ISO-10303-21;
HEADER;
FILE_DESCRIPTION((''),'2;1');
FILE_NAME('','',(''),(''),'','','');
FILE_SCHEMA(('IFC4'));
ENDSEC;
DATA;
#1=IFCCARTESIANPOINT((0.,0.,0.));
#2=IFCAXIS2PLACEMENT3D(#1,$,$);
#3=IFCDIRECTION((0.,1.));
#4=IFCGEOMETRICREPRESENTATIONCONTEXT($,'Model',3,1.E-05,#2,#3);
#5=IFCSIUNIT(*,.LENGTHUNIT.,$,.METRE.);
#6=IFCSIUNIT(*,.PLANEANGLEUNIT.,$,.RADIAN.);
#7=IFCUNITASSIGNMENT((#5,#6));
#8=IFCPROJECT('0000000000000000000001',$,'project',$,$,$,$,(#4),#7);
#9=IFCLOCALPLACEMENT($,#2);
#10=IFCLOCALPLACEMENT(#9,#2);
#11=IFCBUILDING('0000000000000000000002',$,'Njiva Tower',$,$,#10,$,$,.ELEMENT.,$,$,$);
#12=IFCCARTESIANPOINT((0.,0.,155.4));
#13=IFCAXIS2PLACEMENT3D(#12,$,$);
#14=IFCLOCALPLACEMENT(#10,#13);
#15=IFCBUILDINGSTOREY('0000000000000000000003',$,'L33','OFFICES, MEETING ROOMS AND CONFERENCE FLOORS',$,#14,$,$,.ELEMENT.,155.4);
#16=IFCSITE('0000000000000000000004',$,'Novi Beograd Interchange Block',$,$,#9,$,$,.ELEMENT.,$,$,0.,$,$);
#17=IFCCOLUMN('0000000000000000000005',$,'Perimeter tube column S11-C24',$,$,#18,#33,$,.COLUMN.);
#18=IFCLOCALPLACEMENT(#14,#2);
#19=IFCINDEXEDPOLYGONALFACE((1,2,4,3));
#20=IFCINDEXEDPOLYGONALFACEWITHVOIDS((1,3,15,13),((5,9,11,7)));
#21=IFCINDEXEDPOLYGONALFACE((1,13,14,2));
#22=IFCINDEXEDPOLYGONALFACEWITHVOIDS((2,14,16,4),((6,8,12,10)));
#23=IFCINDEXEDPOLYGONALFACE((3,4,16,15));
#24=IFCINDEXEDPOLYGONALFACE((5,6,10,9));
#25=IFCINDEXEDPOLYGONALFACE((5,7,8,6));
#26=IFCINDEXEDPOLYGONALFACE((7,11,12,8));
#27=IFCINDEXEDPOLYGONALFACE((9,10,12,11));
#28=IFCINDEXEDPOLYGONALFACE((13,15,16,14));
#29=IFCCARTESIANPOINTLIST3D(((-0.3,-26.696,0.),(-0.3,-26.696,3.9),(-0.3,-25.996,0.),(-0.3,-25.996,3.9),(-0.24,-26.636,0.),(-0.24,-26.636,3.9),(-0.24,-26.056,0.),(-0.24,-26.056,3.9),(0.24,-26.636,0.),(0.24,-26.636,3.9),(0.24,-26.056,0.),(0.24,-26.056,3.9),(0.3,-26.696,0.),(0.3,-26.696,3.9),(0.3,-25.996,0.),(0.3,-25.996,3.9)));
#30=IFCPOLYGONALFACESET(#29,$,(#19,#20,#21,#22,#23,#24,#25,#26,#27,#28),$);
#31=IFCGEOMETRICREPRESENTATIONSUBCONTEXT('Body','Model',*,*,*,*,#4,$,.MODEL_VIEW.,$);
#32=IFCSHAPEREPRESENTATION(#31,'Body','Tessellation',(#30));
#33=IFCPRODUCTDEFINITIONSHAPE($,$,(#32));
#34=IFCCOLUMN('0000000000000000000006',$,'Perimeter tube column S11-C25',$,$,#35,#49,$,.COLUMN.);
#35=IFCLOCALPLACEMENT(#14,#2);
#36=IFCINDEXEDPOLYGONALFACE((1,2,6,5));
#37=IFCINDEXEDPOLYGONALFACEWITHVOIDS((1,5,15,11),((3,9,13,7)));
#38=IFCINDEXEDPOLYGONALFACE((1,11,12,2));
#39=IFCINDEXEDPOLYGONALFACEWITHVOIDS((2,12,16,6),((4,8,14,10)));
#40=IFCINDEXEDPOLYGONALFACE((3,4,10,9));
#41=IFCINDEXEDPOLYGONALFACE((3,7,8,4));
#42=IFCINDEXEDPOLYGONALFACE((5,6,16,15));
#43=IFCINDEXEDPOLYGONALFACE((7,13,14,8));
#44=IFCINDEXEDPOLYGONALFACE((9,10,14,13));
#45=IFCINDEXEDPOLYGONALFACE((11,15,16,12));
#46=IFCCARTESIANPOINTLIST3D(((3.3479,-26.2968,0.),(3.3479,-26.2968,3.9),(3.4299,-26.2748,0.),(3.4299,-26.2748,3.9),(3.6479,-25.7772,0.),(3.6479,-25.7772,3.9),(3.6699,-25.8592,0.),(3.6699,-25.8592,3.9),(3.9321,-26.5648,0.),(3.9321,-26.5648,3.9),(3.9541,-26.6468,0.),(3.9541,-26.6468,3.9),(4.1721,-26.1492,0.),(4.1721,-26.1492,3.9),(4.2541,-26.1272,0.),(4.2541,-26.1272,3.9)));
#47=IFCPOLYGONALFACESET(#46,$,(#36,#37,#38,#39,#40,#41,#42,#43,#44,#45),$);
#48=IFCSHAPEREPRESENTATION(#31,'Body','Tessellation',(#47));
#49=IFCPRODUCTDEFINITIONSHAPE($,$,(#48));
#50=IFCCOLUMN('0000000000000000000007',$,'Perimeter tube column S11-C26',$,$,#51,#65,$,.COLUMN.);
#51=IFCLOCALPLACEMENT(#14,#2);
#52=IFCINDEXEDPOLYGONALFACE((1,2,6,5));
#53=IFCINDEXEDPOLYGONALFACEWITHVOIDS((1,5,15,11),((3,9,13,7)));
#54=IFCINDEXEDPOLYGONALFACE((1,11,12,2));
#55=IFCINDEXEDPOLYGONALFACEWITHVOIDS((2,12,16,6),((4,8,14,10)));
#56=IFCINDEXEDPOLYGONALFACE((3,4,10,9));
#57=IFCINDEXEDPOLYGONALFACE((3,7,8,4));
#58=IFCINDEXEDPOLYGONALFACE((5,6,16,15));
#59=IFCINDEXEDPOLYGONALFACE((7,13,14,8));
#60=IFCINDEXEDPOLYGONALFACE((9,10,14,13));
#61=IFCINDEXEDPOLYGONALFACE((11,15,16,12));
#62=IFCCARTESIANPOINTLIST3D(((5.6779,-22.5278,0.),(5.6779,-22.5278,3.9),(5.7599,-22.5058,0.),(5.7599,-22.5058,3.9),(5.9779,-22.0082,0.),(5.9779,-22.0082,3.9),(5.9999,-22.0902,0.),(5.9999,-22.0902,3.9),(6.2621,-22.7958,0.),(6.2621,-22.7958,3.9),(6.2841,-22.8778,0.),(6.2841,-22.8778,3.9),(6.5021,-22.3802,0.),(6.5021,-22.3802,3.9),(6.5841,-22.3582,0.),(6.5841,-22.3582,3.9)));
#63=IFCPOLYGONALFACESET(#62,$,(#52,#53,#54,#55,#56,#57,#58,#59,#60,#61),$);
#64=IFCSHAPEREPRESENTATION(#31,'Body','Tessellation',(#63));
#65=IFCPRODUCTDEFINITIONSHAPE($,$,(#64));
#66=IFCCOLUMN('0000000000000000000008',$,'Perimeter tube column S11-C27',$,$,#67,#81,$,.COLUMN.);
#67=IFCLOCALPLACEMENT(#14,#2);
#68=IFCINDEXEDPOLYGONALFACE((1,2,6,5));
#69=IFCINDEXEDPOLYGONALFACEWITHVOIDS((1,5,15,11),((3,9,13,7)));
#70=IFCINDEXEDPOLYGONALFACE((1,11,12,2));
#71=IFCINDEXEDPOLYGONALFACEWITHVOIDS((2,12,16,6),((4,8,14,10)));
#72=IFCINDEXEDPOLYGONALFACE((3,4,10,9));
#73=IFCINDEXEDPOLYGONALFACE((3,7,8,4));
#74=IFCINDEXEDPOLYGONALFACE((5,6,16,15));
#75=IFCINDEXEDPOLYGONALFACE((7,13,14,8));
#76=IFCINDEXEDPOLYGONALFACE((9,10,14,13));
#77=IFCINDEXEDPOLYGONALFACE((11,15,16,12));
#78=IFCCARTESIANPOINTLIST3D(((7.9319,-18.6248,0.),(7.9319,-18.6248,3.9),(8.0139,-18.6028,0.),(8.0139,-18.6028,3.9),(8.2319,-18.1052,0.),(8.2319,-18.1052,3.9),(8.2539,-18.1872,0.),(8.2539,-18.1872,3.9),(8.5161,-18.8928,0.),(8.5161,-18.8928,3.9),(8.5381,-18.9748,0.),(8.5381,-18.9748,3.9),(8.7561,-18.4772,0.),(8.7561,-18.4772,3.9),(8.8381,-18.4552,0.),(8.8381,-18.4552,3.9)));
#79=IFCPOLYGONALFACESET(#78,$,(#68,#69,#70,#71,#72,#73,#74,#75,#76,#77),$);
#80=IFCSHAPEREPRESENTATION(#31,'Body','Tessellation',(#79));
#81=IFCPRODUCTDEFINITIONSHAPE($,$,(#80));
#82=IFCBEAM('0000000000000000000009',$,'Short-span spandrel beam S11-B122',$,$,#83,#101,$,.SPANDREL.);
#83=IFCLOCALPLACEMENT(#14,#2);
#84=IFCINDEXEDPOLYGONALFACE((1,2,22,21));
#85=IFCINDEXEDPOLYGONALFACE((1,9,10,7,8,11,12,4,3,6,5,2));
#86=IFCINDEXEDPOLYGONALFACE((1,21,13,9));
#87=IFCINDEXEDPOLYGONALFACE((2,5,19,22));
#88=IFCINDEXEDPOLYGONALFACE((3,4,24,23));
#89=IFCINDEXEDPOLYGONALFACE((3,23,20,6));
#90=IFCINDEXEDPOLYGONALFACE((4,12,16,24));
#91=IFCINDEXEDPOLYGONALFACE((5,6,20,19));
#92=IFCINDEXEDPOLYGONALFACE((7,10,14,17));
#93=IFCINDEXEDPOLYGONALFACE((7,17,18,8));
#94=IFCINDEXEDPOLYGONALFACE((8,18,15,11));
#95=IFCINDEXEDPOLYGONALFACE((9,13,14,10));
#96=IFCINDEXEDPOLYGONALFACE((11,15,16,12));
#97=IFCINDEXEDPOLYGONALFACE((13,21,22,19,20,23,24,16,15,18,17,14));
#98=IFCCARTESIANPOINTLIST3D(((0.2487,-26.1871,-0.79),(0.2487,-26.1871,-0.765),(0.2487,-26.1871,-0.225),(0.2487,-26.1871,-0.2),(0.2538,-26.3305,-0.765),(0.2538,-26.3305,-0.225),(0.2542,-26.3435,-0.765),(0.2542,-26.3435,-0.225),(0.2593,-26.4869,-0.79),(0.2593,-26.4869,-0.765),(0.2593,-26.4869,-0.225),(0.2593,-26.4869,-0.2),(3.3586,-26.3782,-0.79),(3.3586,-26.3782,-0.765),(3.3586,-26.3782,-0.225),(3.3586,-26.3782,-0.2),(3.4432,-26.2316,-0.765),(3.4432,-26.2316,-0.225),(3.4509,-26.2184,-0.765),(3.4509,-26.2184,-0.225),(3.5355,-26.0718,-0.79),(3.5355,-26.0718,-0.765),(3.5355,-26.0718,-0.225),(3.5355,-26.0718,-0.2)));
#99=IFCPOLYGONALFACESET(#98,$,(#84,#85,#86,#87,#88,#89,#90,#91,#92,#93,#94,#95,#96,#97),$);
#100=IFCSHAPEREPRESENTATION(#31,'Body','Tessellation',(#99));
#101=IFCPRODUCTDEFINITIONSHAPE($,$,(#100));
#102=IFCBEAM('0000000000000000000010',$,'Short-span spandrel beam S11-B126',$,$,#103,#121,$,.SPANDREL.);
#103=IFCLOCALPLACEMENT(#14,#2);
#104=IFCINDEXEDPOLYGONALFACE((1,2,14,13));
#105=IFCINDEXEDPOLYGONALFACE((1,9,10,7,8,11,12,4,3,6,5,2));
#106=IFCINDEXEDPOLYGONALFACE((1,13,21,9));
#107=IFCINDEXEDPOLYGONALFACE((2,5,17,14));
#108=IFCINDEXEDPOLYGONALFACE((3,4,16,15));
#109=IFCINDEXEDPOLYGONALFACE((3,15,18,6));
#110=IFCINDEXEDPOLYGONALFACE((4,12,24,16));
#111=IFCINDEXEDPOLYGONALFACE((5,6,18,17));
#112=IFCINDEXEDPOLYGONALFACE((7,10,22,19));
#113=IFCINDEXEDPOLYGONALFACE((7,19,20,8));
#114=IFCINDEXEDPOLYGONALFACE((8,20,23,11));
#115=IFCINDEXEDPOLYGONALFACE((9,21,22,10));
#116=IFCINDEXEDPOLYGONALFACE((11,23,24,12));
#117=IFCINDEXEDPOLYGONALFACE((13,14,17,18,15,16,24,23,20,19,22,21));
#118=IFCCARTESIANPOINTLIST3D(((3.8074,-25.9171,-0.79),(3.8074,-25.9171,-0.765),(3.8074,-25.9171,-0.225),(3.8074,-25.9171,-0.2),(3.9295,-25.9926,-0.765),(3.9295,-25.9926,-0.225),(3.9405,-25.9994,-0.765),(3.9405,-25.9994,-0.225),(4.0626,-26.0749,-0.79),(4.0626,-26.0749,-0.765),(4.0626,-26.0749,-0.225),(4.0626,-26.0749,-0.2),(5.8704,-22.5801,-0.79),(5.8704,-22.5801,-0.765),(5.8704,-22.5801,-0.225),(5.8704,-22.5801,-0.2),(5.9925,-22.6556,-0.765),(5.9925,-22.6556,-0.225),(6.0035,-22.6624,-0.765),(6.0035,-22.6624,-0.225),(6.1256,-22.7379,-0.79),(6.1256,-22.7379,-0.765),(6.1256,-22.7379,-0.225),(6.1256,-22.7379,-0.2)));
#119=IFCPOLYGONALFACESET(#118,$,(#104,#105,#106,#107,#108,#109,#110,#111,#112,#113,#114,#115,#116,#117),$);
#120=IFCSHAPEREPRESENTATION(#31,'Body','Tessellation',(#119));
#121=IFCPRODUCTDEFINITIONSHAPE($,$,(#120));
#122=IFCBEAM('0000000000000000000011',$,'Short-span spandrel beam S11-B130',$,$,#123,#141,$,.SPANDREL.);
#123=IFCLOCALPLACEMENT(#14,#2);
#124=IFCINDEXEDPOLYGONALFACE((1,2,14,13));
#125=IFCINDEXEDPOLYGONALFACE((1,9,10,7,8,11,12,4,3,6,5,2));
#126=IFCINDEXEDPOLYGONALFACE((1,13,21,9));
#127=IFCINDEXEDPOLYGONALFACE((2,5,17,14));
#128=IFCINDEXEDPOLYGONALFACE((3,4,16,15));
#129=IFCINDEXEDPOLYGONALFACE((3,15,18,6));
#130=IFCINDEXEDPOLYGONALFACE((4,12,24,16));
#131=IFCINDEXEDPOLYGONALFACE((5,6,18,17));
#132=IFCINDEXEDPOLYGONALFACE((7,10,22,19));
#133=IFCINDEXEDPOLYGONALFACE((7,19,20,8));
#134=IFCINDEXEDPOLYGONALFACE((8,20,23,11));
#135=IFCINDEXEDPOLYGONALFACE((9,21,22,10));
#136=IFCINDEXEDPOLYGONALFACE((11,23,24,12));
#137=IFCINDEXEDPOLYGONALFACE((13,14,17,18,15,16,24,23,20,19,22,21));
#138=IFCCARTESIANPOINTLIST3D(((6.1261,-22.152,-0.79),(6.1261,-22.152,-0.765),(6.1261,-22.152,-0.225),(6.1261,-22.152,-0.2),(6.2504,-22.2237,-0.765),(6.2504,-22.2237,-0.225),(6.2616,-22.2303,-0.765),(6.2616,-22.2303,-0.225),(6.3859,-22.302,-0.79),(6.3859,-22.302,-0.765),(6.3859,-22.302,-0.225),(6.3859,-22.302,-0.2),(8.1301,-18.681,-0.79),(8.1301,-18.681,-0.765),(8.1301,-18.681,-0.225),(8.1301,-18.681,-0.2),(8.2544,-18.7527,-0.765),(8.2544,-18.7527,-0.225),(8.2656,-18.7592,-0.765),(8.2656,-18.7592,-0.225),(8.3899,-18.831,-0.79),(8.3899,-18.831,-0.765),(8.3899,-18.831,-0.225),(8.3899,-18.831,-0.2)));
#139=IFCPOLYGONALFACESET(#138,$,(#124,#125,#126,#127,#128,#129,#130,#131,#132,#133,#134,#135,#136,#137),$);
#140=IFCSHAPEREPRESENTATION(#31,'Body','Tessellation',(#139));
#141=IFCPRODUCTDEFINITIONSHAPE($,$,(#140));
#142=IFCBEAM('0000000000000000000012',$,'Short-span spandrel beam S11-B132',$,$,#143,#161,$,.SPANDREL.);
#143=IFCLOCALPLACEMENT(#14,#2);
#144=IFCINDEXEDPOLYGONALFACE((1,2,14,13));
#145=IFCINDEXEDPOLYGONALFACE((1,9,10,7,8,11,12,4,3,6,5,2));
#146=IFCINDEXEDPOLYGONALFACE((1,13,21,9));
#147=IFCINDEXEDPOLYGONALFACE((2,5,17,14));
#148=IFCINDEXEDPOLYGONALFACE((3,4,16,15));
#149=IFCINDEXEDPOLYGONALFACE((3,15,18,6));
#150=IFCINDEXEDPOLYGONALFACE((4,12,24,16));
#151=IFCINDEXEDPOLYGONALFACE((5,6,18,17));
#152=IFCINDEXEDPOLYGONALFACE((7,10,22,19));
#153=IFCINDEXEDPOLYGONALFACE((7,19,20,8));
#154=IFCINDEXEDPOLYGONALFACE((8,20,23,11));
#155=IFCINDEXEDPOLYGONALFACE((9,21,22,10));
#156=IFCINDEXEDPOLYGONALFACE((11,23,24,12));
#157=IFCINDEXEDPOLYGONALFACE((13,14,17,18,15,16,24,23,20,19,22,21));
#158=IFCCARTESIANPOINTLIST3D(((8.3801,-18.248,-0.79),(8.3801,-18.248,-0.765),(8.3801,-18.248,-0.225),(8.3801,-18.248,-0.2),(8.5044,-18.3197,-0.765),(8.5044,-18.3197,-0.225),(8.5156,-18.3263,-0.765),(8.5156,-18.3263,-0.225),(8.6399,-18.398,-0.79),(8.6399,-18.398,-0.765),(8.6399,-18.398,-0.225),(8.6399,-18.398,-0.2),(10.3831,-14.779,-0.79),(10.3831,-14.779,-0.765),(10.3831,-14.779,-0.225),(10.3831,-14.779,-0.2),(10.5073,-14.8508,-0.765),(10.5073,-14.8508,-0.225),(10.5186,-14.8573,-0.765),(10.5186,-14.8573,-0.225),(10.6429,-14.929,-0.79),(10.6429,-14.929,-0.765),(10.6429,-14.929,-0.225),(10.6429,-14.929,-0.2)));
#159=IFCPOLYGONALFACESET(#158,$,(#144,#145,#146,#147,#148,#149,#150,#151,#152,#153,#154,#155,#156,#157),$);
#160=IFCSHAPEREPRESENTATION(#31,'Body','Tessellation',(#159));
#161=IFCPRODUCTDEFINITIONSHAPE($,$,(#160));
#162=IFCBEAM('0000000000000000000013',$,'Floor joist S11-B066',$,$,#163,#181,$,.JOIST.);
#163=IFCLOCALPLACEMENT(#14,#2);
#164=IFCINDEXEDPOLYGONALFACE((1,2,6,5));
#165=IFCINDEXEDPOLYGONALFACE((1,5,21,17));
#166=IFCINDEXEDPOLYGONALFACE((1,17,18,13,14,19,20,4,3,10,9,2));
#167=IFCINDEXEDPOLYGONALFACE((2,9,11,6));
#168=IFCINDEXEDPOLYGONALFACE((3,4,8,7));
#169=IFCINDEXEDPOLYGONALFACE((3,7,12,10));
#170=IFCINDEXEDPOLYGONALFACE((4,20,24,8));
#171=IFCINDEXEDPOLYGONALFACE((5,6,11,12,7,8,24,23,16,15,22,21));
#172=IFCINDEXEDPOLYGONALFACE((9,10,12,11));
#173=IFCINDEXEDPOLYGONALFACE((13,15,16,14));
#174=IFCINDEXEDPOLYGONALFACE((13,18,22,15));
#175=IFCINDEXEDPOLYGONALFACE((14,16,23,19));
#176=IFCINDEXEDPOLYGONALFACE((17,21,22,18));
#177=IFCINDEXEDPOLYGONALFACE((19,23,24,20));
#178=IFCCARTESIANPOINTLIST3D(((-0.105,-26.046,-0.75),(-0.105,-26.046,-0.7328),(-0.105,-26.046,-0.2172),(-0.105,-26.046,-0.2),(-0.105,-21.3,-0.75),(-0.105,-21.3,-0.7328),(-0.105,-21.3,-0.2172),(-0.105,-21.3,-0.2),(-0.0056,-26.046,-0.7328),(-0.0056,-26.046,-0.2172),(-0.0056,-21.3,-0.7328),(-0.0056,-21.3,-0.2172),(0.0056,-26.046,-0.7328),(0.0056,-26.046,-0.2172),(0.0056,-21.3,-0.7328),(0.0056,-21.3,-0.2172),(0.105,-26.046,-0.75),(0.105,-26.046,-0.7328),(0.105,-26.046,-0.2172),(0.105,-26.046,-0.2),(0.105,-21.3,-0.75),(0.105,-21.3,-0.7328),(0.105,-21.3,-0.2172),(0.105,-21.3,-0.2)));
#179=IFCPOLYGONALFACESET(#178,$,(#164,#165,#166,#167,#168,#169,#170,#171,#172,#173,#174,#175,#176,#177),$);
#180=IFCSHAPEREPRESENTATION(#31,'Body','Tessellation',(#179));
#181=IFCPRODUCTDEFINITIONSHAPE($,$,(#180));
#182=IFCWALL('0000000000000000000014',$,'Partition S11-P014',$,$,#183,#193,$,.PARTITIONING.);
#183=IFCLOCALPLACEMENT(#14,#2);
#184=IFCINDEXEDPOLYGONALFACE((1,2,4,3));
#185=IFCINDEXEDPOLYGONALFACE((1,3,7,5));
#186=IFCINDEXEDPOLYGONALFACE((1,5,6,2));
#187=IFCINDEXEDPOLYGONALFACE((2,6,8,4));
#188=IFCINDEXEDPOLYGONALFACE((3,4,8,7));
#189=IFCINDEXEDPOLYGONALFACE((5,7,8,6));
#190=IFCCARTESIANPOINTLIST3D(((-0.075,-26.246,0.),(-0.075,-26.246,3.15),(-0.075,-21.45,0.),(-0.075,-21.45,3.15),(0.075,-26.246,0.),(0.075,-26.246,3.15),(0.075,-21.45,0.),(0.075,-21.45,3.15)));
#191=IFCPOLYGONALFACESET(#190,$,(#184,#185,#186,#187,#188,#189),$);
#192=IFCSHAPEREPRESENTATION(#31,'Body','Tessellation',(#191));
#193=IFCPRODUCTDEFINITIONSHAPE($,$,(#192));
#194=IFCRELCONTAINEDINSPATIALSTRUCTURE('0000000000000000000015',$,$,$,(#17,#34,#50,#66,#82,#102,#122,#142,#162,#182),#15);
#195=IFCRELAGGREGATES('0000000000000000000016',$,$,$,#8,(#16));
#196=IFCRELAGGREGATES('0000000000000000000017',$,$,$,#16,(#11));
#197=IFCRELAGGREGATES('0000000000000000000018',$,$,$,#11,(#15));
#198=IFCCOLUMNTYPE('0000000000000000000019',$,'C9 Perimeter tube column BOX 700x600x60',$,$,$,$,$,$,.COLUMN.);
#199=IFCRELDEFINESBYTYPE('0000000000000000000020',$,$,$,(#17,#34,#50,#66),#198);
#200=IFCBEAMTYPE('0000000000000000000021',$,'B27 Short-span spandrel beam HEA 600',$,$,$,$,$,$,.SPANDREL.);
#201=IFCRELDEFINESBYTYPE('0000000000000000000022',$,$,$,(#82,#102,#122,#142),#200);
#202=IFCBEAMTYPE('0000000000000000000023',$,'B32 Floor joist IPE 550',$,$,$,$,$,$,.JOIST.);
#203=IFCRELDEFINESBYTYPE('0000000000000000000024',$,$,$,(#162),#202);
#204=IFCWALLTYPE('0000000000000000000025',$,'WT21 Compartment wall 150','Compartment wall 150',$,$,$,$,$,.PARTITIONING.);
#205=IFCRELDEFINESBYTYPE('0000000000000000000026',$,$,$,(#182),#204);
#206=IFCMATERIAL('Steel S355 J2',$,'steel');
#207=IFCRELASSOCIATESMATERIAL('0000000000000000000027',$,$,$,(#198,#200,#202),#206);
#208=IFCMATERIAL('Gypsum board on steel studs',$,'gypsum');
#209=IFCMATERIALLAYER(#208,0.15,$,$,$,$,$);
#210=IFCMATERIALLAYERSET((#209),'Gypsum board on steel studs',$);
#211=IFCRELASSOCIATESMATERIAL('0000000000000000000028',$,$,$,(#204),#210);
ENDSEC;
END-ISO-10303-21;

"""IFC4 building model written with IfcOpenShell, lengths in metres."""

from ifc_helpers import new_model, si_unit, direction, frame, frame_2d, origin, origin_2d, place, context, subcontext, project, spatial, rectangle, hollow_rectangle, i_section, extrude, clip, halfspace, material, layer, layer_set, material_profile, profile_set, type_object, element, save


model = new_model("IFC4")

# Units and contexts
model_context = context("Model", 3, precision=1e-05, world=origin(), true_north=direction((0.0, 1.0)))
body_context = subcontext(model_context, "Body", "Model", "MODEL_VIEW")
ifc_project = project(units=[si_unit("LENGTHUNIT", "METRE"), si_unit("PLANEANGLEUNIT", "RADIAN")], contexts=[model_context])

# Site, building, storey
site_placement = place(None, origin())
site = spatial("IfcSite", under=ifc_project, at=site_placement, Name="Novi Beograd Interchange Block", CompositionType="ELEMENT", RefElevation=0.0)
building_placement = place(site_placement, origin())
building = spatial("IfcBuilding", under=site, at=building_placement, Name="Njiva Tower", CompositionType="ELEMENT")
storey_placement = place(building_placement, frame((0.0, 0.0, 155.4)))
storey = spatial("IfcBuildingStorey", under=building, at=storey_placement, Name="L33", Description="OFFICES, MEETING ROOMS AND CONFERENCE FLOORS", CompositionType="ELEMENT", Elevation=155.4)

# Columns
ifc_material_1 = material(Name="Steel S355 J2", Category="steel")
ifc_material_profile_1 = material_profile(ifc_material_1, hollow_rectangle(XDim=0.6, YDim=0.7, WallThickness=0.06, at=origin_2d()), Name="BOX 700x600x60")
ifc_profile_set_1 = profile_set([ifc_material_profile_1], Name="Steel S355 J2")
column_type = type_object("IfcColumnType", Name="C9 Perimeter tube column BOX 700x600x60", PredefinedType="COLUMN", material=ifc_profile_set_1)
for number, where, z_axis, x_axis, name in (
    (1, (0.0, -26.346, 0.0), (0.0, 0.0, 1.0), (1.0, 0.0, 0.0), "Perimeter tube column S11-C24"),
    (2, (3.801, -26.212, 0.0), (0.0, 0.0, 1.0), (0.5, 0.866025, 0.0), "Perimeter tube column S11-C25"),
    (3, (6.131, -22.443, 0.0), (0.0, 0.0, 1.0), (0.5, 0.866025, 0.0), "Perimeter tube column S11-C26"),
    (4, (8.385, -18.54, 0.0), (0.0, 0.0, 1.0), (0.5, 0.866025, 0.0), "Perimeter tube column S11-C27"),
):
    element("IfcColumn", number, at=place(storey_placement, frame(where, z_axis=z_axis, x_axis=x_axis)), inside=storey, type_object=column_type, Name=name, PredefinedType="COLUMN", context=body_context, shape_type="SweptSolid", body=[
        extrude(hollow_rectangle(XDim=0.6, YDim=0.7, WallThickness=0.06, at=origin_2d()), origin(), (0.0, 0.0, 1.0), 3.9),
    ])

# Beams
ifc_material_profile_2 = material_profile(ifc_material_1, i_section(OverallWidth=0.3, OverallDepth=0.59, WebThickness=0.013, FlangeThickness=0.025, at=origin_2d()), Name="HEA 600")
ifc_profile_set_2 = profile_set([ifc_material_profile_2], Name="Steel S355 J2")
beam_type_1 = type_object("IfcBeamType", Name="B27 Short-span spandrel beam HEA 600", PredefinedType="SPANDREL", material=ifc_profile_set_2)
beam_1_placement = place(storey_placement, frame((0.254, -26.337, -0.495), z_axis=(0.999385, 0.035055, 0.0), x_axis=(-0.035055, 0.999385, 0.0)))
element("IfcBeam", 5, at=beam_1_placement, inside=storey, type_object=beam_type_1, Name="Short-span spandrel beam S11-B122", PredefinedType="SPANDREL", context=body_context, shape_type="Clipping", body=[
    clip(extrude(i_section(OverallWidth=0.3, OverallDepth=0.59, WebThickness=0.013, FlangeThickness=0.025, at=origin_2d()), origin(), (0.0, 0.0, 1.0), 3.309), halfspace(frame((-0.0264, 0.0, 3.1785), z_axis=(-0.530049, 0.0, 0.847967), x_axis=(0.0, 1.0, 0.0)), False)),
])
beam_2_placement = place(storey_placement, frame((3.935, -25.996, -0.495), z_axis=(0.525846, 0.85058, 0.0), x_axis=(-0.85058, 0.525846, 0.0)))
element("IfcBeam", 6, at=beam_2_placement, inside=storey, type_object=beam_type_1, Name="Short-span spandrel beam S11-B126", PredefinedType="SPANDREL", context=body_context, shape_type="SweptSolid", body=[
    extrude(i_section(OverallWidth=0.3, OverallDepth=0.59, WebThickness=0.013, FlangeThickness=0.025, at=origin_2d()), origin(), (0.0, 0.0, 1.0), 3.9232),
])
beam_3_placement = place(storey_placement, frame((6.256, -22.227, -0.495), z_axis=(0.500003, 0.866024, 0.0), x_axis=(-0.866024, 0.500003, 0.0)))
element("IfcBeam", 7, at=beam_3_placement, inside=storey, type_object=beam_type_1, Name="Short-span spandrel beam S11-B130", PredefinedType="SPANDREL", context=body_context, shape_type="SweptSolid", body=[
    extrude(i_section(OverallWidth=0.3, OverallDepth=0.59, WebThickness=0.013, FlangeThickness=0.025, at=origin_2d()), origin(), (0.0, 0.0, 1.0), 4.008),
])
beam_4_placement = place(storey_placement, frame((8.51, -18.323, -0.495), z_axis=(0.500032, 0.866007, 0.0), x_axis=(-0.866007, 0.500032, 0.0)))
element("IfcBeam", 8, at=beam_4_placement, inside=storey, type_object=beam_type_1, Name="Short-span spandrel beam S11-B132", PredefinedType="SPANDREL", context=body_context, shape_type="SweptSolid", body=[
    extrude(i_section(OverallWidth=0.3, OverallDepth=0.59, WebThickness=0.013, FlangeThickness=0.025, at=origin_2d()), origin(), (0.0, 0.0, 1.0), 4.0057),
])
ifc_material_profile_3 = material_profile(ifc_material_1, i_section(OverallWidth=0.21, OverallDepth=0.55, WebThickness=0.0111, FlangeThickness=0.0172, at=origin_2d()), Name="IPE 550")
ifc_profile_set_3 = profile_set([ifc_material_profile_3], Name="Steel S355 J2")
beam_type_2 = type_object("IfcBeamType", Name="B32 Floor joist IPE 550", PredefinedType="JOIST", material=ifc_profile_set_3)
beam_5_placement = place(storey_placement, frame((0.0, -21.3, -0.475), z_axis=(0.0, -1.0, 0.0), x_axis=(1.0, 0.0, 0.0)))
element("IfcBeam", 9, at=beam_5_placement, inside=storey, type_object=beam_type_2, Name="Floor joist S11-B066", PredefinedType="JOIST", context=body_context, shape_type="SweptSolid", body=[
    extrude(i_section(OverallWidth=0.21, OverallDepth=0.55, WebThickness=0.0111, FlangeThickness=0.0172, at=origin_2d()), origin(), (0.0, 0.0, 1.0), 4.746),
])

# Wall
ifc_material_2 = material(Name="Gypsum board on steel studs", Category="gypsum")
ifc_layer_1 = layer(ifc_material_2, 0.15)
ifc_layer_set_1 = layer_set([ifc_layer_1], Name="Gypsum board on steel studs")
wall_type_1 = type_object("IfcWallType", Name="WT21 Compartment wall 150", Description="Compartment wall 150", PredefinedType="PARTITIONING", material=ifc_layer_set_1)
wall_1_placement = place(storey_placement, frame((0.0, -26.246, 0.0), z_axis=(0.0, 0.0, 1.0), x_axis=(0.0, 1.0, 0.0)))
element("IfcWall", 10, at=wall_1_placement, inside=storey, type_object=wall_type_1, Name="Partition S11-P014", PredefinedType="PARTITIONING", context=body_context, shape_type="SweptSolid", body=[
    extrude(rectangle(XDim=4.796, YDim=0.15, at=frame_2d((2.398, 0.0))), origin(), (0.0, 0.0, 1.0), 3.15),
])

save(model, "model.ifc")
